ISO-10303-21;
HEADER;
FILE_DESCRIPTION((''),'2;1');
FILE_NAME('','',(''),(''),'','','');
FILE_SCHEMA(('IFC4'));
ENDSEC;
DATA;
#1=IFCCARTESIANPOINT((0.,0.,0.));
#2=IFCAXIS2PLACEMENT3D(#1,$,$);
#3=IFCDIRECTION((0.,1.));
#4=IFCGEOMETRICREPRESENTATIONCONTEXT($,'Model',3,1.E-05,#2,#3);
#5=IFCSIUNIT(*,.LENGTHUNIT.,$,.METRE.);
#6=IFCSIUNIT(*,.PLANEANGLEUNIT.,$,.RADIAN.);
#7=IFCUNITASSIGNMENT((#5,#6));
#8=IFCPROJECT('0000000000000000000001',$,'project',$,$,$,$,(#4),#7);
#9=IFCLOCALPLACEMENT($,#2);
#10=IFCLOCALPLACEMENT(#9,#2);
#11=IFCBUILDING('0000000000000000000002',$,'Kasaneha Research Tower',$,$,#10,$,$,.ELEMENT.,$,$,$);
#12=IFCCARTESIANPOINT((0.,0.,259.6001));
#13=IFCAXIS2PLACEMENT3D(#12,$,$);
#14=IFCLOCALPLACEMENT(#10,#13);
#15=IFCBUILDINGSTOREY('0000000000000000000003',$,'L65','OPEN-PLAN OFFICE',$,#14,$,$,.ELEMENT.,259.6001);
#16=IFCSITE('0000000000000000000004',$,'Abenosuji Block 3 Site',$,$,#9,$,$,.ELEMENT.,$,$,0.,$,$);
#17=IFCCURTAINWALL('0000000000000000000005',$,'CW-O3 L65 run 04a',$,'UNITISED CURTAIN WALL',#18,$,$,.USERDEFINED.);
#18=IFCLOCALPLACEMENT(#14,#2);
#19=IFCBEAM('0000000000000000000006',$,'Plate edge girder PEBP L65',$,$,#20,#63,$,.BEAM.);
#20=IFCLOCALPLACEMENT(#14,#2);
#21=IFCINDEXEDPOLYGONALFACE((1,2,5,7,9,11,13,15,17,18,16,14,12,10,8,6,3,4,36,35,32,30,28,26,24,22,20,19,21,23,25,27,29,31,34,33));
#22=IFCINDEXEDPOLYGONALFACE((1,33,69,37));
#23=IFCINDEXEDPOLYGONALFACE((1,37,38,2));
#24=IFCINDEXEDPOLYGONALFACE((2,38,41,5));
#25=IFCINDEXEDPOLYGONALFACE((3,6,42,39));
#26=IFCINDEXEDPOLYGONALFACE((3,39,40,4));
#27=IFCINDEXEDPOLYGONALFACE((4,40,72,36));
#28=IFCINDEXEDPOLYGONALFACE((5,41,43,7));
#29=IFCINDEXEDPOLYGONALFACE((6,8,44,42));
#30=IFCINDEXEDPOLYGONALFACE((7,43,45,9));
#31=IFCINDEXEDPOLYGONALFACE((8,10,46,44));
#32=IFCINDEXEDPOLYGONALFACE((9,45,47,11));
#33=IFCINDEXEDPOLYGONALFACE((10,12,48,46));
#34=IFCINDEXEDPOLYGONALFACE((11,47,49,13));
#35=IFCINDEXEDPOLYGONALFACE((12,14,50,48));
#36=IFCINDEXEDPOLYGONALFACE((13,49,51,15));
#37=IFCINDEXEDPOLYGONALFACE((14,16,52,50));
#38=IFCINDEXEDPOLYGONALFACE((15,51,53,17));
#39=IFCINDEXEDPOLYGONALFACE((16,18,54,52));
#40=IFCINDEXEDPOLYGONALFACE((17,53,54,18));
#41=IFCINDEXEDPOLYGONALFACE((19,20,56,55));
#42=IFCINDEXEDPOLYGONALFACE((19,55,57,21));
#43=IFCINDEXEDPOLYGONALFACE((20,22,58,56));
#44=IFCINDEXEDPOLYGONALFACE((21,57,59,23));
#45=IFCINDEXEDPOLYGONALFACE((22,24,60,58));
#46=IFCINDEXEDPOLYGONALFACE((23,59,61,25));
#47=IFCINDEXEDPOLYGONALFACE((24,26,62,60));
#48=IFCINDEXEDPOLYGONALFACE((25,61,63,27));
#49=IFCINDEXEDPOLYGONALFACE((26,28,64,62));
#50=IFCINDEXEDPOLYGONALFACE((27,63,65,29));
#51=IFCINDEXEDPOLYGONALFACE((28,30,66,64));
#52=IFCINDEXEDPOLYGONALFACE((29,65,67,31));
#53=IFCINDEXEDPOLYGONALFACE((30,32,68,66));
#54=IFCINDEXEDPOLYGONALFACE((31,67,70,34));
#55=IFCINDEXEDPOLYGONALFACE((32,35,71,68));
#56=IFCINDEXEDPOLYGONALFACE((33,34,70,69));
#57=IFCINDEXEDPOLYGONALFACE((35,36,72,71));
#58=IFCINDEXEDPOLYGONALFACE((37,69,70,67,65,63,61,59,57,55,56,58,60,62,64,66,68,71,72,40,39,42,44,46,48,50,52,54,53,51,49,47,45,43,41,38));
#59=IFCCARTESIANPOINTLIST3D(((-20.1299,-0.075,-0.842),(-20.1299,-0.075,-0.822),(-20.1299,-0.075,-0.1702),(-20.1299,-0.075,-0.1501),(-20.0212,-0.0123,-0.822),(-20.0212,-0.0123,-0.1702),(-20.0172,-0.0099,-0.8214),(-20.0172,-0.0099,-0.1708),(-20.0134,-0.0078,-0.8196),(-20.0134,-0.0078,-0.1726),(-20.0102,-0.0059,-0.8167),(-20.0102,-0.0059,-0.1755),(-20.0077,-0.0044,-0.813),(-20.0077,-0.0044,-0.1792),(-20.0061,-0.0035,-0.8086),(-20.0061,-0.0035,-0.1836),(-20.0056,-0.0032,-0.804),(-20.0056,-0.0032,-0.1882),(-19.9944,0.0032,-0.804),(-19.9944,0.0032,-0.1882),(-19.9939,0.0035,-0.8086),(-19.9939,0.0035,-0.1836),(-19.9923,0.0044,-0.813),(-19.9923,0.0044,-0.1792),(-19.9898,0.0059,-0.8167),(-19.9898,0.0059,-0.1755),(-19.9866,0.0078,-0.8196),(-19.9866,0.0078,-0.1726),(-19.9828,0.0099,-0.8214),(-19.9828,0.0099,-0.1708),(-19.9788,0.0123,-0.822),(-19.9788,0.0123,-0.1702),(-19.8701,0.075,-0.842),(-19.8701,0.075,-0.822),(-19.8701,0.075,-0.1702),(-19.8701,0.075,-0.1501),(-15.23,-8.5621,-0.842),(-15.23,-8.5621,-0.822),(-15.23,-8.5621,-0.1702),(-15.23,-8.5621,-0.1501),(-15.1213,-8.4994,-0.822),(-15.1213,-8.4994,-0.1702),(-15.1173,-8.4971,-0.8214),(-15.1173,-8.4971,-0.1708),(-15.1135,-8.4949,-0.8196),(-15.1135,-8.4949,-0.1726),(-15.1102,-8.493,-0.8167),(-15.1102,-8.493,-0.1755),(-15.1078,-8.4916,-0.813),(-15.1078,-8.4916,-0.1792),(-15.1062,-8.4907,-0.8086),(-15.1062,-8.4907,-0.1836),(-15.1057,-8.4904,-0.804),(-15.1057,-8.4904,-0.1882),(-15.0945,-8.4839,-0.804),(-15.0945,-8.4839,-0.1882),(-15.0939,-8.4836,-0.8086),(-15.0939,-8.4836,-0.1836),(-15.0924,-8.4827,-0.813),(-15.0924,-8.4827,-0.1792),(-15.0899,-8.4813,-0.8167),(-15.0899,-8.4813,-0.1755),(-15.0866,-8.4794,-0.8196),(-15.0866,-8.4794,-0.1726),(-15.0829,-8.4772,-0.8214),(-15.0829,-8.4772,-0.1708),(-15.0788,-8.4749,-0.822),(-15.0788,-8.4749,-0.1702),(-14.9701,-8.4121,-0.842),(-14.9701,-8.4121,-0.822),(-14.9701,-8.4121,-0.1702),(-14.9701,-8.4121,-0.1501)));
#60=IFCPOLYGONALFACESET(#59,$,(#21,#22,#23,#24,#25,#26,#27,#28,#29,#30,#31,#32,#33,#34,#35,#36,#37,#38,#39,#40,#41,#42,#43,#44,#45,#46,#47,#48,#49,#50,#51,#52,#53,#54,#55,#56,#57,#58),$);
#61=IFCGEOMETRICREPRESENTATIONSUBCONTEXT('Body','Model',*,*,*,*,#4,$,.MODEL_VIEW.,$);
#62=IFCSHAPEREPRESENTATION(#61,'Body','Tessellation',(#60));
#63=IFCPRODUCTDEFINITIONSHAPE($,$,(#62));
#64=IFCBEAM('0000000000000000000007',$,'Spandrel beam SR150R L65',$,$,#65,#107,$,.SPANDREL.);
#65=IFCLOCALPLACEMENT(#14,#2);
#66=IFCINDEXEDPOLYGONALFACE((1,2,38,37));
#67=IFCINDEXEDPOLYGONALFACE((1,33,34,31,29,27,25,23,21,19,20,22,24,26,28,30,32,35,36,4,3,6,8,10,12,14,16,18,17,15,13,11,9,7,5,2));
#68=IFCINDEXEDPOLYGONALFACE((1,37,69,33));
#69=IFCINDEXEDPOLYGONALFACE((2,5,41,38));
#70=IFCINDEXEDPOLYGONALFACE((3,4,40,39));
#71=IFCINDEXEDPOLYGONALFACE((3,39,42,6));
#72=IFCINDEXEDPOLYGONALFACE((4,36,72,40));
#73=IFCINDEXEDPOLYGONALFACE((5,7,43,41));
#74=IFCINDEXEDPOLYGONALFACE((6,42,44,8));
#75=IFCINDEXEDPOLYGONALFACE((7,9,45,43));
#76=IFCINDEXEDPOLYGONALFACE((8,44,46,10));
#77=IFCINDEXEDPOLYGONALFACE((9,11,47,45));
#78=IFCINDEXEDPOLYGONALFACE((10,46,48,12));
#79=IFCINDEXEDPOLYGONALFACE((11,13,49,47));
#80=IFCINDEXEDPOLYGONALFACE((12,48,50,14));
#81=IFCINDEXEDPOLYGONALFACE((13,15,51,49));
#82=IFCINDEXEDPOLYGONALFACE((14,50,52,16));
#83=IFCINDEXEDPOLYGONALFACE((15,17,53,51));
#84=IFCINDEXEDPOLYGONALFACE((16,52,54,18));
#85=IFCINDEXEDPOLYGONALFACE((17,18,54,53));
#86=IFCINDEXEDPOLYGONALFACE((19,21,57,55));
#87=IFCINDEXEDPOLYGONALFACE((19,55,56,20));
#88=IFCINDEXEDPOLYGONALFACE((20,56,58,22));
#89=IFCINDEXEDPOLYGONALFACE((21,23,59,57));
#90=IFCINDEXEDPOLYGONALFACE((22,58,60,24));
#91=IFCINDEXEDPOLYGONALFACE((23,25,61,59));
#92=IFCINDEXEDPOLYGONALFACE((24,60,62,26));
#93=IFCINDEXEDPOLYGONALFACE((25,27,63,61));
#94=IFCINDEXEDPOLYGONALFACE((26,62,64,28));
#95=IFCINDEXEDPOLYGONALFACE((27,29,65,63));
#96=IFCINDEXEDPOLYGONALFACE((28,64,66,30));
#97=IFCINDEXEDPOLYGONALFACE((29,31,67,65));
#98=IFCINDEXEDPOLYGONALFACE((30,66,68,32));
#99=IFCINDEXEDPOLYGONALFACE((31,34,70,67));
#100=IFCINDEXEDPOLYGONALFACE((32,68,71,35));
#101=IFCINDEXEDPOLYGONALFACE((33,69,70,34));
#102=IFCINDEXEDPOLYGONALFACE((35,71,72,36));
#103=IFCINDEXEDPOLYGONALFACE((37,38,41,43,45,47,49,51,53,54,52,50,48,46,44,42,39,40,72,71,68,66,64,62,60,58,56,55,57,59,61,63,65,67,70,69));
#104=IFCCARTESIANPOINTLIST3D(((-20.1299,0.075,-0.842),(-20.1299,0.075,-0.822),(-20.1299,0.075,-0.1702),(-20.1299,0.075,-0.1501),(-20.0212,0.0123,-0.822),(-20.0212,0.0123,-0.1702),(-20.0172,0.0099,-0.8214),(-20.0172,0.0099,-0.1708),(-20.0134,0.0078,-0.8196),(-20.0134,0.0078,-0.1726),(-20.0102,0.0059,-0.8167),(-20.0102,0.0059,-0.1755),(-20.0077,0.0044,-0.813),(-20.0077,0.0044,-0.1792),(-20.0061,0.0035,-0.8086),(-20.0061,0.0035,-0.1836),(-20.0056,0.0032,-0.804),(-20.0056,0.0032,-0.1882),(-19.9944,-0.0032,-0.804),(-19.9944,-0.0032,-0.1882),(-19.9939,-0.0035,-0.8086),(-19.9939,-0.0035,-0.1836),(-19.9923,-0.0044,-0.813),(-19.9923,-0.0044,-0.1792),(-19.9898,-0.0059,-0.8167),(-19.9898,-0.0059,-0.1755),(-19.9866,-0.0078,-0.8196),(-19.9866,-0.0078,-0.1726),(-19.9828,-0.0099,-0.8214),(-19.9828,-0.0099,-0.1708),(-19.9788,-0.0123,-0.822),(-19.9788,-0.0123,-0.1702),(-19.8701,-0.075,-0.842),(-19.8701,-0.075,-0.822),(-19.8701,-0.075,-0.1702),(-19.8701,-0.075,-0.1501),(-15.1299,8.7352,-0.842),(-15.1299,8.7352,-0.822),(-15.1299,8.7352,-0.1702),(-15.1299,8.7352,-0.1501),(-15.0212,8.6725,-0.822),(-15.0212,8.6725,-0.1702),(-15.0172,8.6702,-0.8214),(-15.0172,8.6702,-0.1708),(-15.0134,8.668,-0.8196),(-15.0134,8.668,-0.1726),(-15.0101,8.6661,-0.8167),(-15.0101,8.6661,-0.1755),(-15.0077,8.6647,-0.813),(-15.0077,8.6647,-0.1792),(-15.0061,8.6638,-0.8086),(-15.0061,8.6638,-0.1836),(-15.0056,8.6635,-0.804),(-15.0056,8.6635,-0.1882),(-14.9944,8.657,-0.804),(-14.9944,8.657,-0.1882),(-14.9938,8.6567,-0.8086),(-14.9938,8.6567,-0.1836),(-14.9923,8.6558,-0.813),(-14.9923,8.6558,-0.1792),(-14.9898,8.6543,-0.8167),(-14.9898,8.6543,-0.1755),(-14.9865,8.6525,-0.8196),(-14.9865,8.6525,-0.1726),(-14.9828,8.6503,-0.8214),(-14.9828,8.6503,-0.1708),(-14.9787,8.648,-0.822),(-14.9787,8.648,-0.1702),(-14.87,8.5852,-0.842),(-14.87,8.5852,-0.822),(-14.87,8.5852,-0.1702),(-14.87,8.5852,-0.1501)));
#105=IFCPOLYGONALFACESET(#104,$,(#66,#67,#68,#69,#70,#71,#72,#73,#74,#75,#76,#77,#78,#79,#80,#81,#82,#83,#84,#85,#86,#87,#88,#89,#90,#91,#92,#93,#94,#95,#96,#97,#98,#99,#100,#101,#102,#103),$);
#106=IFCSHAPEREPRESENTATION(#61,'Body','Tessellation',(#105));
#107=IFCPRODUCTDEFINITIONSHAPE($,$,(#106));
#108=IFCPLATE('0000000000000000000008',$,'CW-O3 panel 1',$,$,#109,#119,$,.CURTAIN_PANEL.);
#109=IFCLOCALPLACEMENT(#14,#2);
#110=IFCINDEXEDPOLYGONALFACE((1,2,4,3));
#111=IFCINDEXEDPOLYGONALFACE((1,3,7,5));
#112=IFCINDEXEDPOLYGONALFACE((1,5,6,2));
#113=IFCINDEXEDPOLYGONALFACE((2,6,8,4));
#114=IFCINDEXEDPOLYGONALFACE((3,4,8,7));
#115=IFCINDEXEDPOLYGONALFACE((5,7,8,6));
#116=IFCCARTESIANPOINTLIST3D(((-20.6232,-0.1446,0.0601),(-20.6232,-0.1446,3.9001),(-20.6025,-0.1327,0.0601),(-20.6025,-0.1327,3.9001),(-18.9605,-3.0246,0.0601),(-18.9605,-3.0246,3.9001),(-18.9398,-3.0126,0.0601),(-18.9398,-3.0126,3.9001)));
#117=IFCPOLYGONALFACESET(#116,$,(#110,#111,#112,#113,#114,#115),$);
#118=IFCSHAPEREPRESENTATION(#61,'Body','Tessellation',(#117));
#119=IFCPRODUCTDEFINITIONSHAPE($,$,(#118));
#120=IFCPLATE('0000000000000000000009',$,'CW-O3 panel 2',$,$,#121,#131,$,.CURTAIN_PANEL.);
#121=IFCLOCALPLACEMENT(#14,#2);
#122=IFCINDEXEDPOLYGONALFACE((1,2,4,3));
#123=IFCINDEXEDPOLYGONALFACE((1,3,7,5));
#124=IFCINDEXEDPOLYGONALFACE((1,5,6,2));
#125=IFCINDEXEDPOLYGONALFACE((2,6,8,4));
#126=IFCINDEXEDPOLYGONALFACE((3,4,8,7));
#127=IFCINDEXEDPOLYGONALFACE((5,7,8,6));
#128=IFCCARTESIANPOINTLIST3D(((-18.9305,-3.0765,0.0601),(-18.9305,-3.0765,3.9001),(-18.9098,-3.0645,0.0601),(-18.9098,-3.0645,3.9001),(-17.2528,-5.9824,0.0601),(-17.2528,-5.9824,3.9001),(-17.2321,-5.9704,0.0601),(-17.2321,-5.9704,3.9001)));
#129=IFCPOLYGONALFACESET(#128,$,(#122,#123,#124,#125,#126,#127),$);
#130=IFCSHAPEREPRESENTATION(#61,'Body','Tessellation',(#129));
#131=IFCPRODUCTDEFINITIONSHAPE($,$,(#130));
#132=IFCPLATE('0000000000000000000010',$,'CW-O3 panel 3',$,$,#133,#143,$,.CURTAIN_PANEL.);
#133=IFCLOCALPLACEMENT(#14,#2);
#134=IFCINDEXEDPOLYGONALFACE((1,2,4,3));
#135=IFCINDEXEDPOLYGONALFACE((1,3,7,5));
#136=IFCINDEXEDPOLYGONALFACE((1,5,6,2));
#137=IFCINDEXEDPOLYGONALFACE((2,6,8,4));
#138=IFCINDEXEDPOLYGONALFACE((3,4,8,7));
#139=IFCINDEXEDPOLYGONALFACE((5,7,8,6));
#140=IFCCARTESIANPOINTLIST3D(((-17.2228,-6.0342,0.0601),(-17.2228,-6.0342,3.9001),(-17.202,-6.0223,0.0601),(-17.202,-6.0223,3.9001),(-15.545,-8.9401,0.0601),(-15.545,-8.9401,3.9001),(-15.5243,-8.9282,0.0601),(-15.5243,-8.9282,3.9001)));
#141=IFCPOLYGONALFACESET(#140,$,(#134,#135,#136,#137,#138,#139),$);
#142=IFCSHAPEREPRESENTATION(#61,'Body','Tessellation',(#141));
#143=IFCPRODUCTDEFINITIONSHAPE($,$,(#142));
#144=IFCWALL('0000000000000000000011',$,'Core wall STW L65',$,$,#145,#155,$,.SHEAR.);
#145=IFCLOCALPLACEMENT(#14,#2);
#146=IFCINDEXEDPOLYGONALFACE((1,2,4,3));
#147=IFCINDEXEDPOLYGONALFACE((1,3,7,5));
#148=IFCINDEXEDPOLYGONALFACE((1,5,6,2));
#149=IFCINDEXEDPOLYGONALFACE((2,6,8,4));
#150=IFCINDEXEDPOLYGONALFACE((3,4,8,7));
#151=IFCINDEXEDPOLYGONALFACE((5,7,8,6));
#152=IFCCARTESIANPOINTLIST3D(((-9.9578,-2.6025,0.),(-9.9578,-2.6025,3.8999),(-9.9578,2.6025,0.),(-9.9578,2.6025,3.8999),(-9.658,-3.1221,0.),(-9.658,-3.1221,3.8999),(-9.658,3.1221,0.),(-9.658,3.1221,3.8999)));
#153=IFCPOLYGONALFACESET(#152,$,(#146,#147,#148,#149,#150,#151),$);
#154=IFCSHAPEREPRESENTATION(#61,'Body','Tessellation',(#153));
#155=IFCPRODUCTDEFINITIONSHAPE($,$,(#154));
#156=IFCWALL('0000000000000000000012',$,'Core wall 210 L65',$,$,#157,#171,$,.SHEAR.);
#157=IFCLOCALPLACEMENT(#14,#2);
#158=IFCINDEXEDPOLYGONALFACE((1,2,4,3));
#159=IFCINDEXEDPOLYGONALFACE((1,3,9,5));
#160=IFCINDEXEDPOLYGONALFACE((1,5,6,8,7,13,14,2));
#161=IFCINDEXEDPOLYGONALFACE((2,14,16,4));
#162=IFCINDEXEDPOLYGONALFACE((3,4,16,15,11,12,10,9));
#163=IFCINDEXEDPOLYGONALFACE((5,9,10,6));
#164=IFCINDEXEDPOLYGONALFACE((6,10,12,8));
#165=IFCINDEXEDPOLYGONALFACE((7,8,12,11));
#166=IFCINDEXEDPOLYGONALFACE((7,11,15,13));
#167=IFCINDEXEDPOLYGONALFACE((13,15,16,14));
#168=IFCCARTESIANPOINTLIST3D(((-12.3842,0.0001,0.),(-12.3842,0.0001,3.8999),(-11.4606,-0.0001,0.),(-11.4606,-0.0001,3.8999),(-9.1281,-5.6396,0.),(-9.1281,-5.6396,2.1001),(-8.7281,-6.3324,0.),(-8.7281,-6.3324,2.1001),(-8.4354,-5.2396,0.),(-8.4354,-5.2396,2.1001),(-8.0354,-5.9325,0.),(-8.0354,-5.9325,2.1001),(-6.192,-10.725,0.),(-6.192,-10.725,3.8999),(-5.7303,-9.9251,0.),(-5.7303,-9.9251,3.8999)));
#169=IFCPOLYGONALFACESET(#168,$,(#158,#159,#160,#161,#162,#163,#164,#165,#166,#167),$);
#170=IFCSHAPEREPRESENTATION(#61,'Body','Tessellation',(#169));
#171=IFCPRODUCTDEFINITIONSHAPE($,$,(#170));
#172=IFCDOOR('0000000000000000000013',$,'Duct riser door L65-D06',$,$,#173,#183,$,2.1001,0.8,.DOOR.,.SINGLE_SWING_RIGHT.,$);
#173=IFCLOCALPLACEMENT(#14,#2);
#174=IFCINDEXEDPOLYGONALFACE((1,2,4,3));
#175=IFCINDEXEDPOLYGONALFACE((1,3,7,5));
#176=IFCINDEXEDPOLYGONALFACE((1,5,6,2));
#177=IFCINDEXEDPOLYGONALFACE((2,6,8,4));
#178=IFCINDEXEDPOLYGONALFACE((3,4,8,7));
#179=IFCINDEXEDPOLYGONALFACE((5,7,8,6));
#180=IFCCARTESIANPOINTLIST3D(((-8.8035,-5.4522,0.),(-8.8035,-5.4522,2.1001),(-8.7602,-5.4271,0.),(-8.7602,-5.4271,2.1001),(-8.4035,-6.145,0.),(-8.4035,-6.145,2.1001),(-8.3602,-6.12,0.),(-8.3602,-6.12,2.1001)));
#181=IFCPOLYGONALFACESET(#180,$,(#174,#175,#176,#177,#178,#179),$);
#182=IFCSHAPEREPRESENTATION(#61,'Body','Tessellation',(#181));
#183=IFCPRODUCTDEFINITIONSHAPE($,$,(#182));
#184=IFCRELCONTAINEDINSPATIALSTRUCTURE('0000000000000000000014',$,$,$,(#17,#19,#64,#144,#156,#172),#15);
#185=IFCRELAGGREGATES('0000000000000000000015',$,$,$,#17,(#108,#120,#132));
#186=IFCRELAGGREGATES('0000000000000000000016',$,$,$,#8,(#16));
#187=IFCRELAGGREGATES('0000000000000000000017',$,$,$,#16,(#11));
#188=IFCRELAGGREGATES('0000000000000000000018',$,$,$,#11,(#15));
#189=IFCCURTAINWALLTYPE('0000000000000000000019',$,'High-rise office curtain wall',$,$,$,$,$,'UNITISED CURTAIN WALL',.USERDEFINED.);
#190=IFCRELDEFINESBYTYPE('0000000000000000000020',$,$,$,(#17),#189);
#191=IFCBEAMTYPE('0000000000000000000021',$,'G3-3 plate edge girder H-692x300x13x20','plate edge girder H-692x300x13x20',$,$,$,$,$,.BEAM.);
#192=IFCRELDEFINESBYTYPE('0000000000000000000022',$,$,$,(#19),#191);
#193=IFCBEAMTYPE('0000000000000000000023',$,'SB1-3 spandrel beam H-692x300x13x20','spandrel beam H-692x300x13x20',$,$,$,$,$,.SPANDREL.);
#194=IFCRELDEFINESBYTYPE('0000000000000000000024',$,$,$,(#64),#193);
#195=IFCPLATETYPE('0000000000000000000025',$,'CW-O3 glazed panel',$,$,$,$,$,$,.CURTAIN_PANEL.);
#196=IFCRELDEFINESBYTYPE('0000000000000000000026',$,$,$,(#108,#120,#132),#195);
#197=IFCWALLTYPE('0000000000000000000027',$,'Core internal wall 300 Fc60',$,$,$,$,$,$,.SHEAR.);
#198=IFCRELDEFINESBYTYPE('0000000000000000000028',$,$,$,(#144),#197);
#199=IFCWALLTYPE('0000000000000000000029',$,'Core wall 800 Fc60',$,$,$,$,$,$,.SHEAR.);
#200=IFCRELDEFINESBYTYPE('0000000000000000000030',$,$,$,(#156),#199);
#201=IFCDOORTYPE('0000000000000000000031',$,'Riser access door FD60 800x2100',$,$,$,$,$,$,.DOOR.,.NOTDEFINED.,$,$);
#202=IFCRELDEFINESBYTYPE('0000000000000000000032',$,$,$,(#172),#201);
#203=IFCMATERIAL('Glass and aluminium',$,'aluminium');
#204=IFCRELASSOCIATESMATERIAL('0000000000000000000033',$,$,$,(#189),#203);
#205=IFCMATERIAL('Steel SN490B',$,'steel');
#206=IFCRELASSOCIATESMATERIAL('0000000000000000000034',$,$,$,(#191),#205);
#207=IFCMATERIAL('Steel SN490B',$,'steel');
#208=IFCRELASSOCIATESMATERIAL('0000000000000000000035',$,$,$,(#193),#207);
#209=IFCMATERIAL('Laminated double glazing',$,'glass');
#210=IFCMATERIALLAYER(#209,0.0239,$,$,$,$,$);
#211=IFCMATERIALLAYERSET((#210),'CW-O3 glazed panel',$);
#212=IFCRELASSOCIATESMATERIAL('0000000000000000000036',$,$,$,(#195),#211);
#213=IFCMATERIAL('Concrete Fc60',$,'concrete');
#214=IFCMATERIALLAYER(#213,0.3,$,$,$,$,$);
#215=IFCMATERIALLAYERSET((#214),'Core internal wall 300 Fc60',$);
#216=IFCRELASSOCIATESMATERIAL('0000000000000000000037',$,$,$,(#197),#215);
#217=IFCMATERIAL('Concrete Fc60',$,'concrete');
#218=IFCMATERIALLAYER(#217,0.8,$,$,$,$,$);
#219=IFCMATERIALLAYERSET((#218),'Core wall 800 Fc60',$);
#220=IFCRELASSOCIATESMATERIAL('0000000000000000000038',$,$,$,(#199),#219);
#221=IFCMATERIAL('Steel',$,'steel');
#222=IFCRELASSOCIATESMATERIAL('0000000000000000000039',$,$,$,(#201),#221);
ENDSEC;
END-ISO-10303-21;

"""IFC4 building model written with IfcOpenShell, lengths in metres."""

from ifc_helpers import new_model, si_unit, direction, frame, frame_2d, origin, origin_2d, place, context, subcontext, project, spatial, polyline, rectangle, i_section, outline, extrude, material, layer, layer_set, material_profile, profile_set, type_object, element, fill, aggregate, save


model = new_model("IFC4")

# Units and contexts
model_context = context("Model", 3, precision=1e-05, world=origin(), true_north=direction((0.0, 1.0)))
body_context = subcontext(model_context, "Body", "Model", "MODEL_VIEW")
ifc_project = project(units=[si_unit("LENGTHUNIT", "METRE"), si_unit("PLANEANGLEUNIT", "RADIAN")], contexts=[model_context])

# Site, building, storey
site_placement = place(None, origin())
site = spatial("IfcSite", under=ifc_project, at=site_placement, Name="Abenosuji Block 3 Site", CompositionType="ELEMENT", RefElevation=0.0)
building_placement = place(site_placement, origin())
building = spatial("IfcBuilding", under=site, at=building_placement, Name="Kasaneha Research Tower", CompositionType="ELEMENT")
storey_placement = place(building_placement, frame((0.0, 0.0, 259.6001)))
storey = spatial("IfcBuildingStorey", under=building, at=storey_placement, Name="L65", Description="OPEN-PLAN OFFICE", CompositionType="ELEMENT", Elevation=259.6001)

# Curtain wall
ifc_material_1 = material(Name="Glass and aluminium", Category="aluminium")
curtain_wall_type = type_object("IfcCurtainWallType", Name="High-rise office curtain wall", ElementType="UNITISED CURTAIN WALL", PredefinedType="USERDEFINED", material=ifc_material_1)
curtain_wall_placement = place(storey_placement, origin())
curtain_wall = element("IfcCurtainWall", 1, at=curtain_wall_placement, inside=storey, type_object=curtain_wall_type, Name="CW-O3 L65 run 04a", ObjectType="UNITISED CURTAIN WALL", PredefinedType="USERDEFINED")

# Beams
ifc_material_2 = material(Name="Steel SN490B", Category="steel")
ifc_material_profile_1 = material_profile(ifc_material_2, i_section(OverallWidth=0.3, OverallDepth=0.6919, WebThickness=0.0129, FlangeThickness=0.02, FilletRadius=0.0181, at=origin_2d()), Name="H-692x300x13x20")
ifc_profile_set_1 = profile_set([ifc_material_profile_1], Name="Steel SN490B")
beam_type_1 = type_object("IfcBeamType", Name="G3-3 plate edge girder H-692x300x13x20", Description="plate edge girder H-692x300x13x20", PredefinedType="BEAM", material=ifc_profile_set_1)
beam_1_placement = place(storey_placement, frame((-20.0, 0.0, -0.4961), z_axis=(0.499992, -0.86603, 0.0), x_axis=(0.86603, 0.499992, 0.0)))
element("IfcBeam", 2, at=beam_1_placement, inside=storey, type_object=beam_type_1, Name="Plate edge girder PEBP L65", PredefinedType="BEAM", context=body_context, shape_type="SweptSolid", body=[
    extrude(i_section(OverallWidth=0.3, OverallDepth=0.6919, WebThickness=0.0129, FlangeThickness=0.02, FilletRadius=0.0181, at=origin_2d()), origin(), (0.0, 0.0, 1.0), 9.8),
])
ifc_material_3 = material(Name="Steel SN490B", Category="steel")
ifc_material_profile_2 = material_profile(ifc_material_3, i_section(OverallWidth=0.3, OverallDepth=0.6919, WebThickness=0.0129, FlangeThickness=0.02, FilletRadius=0.0181, at=origin_2d()), Name="H-692x300x13x20")
ifc_profile_set_2 = profile_set([ifc_material_profile_2], Name="Steel SN490B")
beam_type_2 = type_object("IfcBeamType", Name="SB1-3 spandrel beam H-692x300x13x20", Description="spandrel beam H-692x300x13x20", PredefinedType="SPANDREL", material=ifc_profile_set_2)
beam_2_placement = place(storey_placement, frame((-20.0, 0.0, -0.4961), z_axis=(0.500004, 0.866023, 0.0), x_axis=(-0.866023, 0.500004, 0.0)))
element("IfcBeam", 3, at=beam_2_placement, inside=storey, type_object=beam_type_2, Name="Spandrel beam SR150R L65", PredefinedType="SPANDREL", context=body_context, shape_type="SweptSolid", body=[
    extrude(i_section(OverallWidth=0.3, OverallDepth=0.6919, WebThickness=0.0129, FlangeThickness=0.02, FilletRadius=0.0181, at=origin_2d()), origin(), (0.0, 0.0, 1.0), 10.0),
])

# Plates
ifc_material_4 = material(Name="Laminated double glazing", Category="glass")
ifc_layer_1 = layer(ifc_material_4, 0.0239)
ifc_layer_set_1 = layer_set([ifc_layer_1], Name="CW-O3 glazed panel")
plate_type = type_object("IfcPlateType", Name="CW-O3 glazed panel", PredefinedType="CURTAIN_PANEL", material=ifc_layer_set_1)
plate_1_placement = place(storey_placement, frame((-19.7815, -1.5786, 0.0601), z_axis=(0.0, 0.0, 1.0), x_axis=(0.5, -0.866025, 0.0)))
plate_1 = element("IfcPlate", 4, at=plate_1_placement, type_object=plate_type, Name="CW-O3 panel 1", PredefinedType="CURTAIN_PANEL", context=body_context, shape_type="SweptSolid", body=[
    extrude(rectangle(XDim=3.3254, YDim=0.0239, at=origin_2d()), origin(), (0.0, 0.0, 1.0), 3.8401),
])
plate_2_placement = place(storey_placement, frame((-18.0813, -4.5234, 0.0601), z_axis=(0.0, 0.0, 1.0), x_axis=(0.5, -0.866025, 0.0)))
plate_2 = element("IfcPlate", 5, at=plate_2_placement, type_object=plate_type, Name="CW-O3 panel 2", PredefinedType="CURTAIN_PANEL", context=body_context, shape_type="SweptSolid", body=[
    extrude(rectangle(XDim=3.3555, YDim=0.0239, at=origin_2d()), origin(), (0.0, 0.0, 1.0), 3.8401),
])
plate_3_placement = place(storey_placement, frame((-16.3735, -7.4812, 0.0601), z_axis=(0.0, 0.0, 1.0), x_axis=(0.5, -0.866025, 0.0)))
plate_3 = element("IfcPlate", 6, at=plate_3_placement, type_object=plate_type, Name="CW-O3 panel 3", PredefinedType="CURTAIN_PANEL", context=body_context, shape_type="SweptSolid", body=[
    extrude(rectangle(XDim=3.3555, YDim=0.0239, at=origin_2d()), origin(), (0.0, 0.0, 1.0), 3.8401),
])
aggregate(curtain_wall, [plate_1, plate_2, plate_3])

# Shared definitions
ifc_material_5 = material(Name="Concrete Fc60", Category="concrete")
ifc_layer_2 = layer(ifc_material_5, 0.3)
ifc_layer_set_2 = layer_set([ifc_layer_2], Name="Core internal wall 300 Fc60")
wall_type_1 = type_object("IfcWallType", Name="Core internal wall 300 Fc60", PredefinedType="SHEAR", material=ifc_layer_set_2)

# Wall
wall_1_placement = place(storey_placement, frame((-9.8079, -2.8623, 0.0), z_axis=(0.0, 0.0, 1.0), x_axis=(0.0, 1.0, 0.0)))
element("IfcWall", 7, at=wall_1_placement, inside=storey, type_object=wall_type_1, Name="Core wall STW L65", PredefinedType="SHEAR", context=body_context, shape_type="SweptSolid", body=[
    extrude(outline(polyline([(-0.2598, -0.1499), (5.9844, -0.1499), (5.4648, 0.1499), (0.2598, 0.1499), (-0.2598, -0.1499)])), origin(), (0.0, 0.0, 1.0), 3.8999),
])

# Wall, opening, door
ifc_material_6 = material(Name="Concrete Fc60", Category="concrete")
ifc_layer_3 = layer(ifc_material_6, 0.8)
ifc_layer_set_3 = layer_set([ifc_layer_3], Name="Core wall 800 Fc60")
wall_type_2 = type_object("IfcWallType", Name="Core wall 800 Fc60", PredefinedType="SHEAR", material=ifc_layer_set_3)
wall_2_placement = place(storey_placement, frame((-11.9224, 0.0, 0.0), z_axis=(0.0, 0.0, 1.0), x_axis=(0.500004, -0.866023, 0.0)))
wall_2 = element("IfcWall", 8, at=wall_2_placement, inside=storey, type_object=wall_type_2, Name="Core wall 210 L65", PredefinedType="SHEAR", context=body_context, shape_type="SweptSolid", body=[
    extrude(outline(polyline([(-0.231, -0.3999), (6.2812, -0.3999), (7.0813, -0.3999), (12.1533, -0.3999), (11.6914, 0.3999), (7.0813, 0.3999), (6.2812, 0.3999), (0.231, 0.3999), (-0.231, -0.3999)])), origin(), (0.0, 0.0, 1.0), 3.8999),
])
opening_1_placement = place(wall_2_placement, frame((6.2812, 0.0, 0.0)))
opening_1 = element("IfcOpeningElement", 9, at=opening_1_placement, cuts=wall_2, PredefinedType="OPENING", context=body_context, shape_type="SweptSolid", body=[
    extrude(rectangle(XDim=0.8, YDim=2.1001, at=frame_2d((0.3999, 1.05))), frame((0.0, 0.4102, 0.0), z_axis=(0.0, -1.0, 0.0), x_axis=(1.0, 0.0, 0.0)), (0.0, 0.0, 1.0), 0.8201),
])
ifc_material_7 = material(Name="Steel", Category="steel")
door_type_1 = type_object("IfcDoorType", Name="Riser access door FD60 800x2100", OperationType="NOTDEFINED", PredefinedType="DOOR", material=ifc_material_7)
door_1_placement = place(opening_1_placement, origin())
door_1 = element("IfcDoor", 10, at=door_1_placement, inside=storey, type_object=door_type_1, Name="Duct riser door L65-D06", OperationType="SINGLE_SWING_RIGHT", OverallHeight=2.1001, OverallWidth=0.8, PredefinedType="DOOR", context=body_context, shape_type="SweptSolid", body=[
    extrude(rectangle(XDim=0.8, YDim=2.1001, at=frame_2d((0.3999, 1.05))), frame((0.0, 0.0249, 0.0), z_axis=(0.0, -1.0, 0.0), x_axis=(1.0, 0.0, 0.0)), (0.0, 0.0, 1.0), 0.05),
])
fill(opening_1, door_1)

save(model, "model.ifc")
